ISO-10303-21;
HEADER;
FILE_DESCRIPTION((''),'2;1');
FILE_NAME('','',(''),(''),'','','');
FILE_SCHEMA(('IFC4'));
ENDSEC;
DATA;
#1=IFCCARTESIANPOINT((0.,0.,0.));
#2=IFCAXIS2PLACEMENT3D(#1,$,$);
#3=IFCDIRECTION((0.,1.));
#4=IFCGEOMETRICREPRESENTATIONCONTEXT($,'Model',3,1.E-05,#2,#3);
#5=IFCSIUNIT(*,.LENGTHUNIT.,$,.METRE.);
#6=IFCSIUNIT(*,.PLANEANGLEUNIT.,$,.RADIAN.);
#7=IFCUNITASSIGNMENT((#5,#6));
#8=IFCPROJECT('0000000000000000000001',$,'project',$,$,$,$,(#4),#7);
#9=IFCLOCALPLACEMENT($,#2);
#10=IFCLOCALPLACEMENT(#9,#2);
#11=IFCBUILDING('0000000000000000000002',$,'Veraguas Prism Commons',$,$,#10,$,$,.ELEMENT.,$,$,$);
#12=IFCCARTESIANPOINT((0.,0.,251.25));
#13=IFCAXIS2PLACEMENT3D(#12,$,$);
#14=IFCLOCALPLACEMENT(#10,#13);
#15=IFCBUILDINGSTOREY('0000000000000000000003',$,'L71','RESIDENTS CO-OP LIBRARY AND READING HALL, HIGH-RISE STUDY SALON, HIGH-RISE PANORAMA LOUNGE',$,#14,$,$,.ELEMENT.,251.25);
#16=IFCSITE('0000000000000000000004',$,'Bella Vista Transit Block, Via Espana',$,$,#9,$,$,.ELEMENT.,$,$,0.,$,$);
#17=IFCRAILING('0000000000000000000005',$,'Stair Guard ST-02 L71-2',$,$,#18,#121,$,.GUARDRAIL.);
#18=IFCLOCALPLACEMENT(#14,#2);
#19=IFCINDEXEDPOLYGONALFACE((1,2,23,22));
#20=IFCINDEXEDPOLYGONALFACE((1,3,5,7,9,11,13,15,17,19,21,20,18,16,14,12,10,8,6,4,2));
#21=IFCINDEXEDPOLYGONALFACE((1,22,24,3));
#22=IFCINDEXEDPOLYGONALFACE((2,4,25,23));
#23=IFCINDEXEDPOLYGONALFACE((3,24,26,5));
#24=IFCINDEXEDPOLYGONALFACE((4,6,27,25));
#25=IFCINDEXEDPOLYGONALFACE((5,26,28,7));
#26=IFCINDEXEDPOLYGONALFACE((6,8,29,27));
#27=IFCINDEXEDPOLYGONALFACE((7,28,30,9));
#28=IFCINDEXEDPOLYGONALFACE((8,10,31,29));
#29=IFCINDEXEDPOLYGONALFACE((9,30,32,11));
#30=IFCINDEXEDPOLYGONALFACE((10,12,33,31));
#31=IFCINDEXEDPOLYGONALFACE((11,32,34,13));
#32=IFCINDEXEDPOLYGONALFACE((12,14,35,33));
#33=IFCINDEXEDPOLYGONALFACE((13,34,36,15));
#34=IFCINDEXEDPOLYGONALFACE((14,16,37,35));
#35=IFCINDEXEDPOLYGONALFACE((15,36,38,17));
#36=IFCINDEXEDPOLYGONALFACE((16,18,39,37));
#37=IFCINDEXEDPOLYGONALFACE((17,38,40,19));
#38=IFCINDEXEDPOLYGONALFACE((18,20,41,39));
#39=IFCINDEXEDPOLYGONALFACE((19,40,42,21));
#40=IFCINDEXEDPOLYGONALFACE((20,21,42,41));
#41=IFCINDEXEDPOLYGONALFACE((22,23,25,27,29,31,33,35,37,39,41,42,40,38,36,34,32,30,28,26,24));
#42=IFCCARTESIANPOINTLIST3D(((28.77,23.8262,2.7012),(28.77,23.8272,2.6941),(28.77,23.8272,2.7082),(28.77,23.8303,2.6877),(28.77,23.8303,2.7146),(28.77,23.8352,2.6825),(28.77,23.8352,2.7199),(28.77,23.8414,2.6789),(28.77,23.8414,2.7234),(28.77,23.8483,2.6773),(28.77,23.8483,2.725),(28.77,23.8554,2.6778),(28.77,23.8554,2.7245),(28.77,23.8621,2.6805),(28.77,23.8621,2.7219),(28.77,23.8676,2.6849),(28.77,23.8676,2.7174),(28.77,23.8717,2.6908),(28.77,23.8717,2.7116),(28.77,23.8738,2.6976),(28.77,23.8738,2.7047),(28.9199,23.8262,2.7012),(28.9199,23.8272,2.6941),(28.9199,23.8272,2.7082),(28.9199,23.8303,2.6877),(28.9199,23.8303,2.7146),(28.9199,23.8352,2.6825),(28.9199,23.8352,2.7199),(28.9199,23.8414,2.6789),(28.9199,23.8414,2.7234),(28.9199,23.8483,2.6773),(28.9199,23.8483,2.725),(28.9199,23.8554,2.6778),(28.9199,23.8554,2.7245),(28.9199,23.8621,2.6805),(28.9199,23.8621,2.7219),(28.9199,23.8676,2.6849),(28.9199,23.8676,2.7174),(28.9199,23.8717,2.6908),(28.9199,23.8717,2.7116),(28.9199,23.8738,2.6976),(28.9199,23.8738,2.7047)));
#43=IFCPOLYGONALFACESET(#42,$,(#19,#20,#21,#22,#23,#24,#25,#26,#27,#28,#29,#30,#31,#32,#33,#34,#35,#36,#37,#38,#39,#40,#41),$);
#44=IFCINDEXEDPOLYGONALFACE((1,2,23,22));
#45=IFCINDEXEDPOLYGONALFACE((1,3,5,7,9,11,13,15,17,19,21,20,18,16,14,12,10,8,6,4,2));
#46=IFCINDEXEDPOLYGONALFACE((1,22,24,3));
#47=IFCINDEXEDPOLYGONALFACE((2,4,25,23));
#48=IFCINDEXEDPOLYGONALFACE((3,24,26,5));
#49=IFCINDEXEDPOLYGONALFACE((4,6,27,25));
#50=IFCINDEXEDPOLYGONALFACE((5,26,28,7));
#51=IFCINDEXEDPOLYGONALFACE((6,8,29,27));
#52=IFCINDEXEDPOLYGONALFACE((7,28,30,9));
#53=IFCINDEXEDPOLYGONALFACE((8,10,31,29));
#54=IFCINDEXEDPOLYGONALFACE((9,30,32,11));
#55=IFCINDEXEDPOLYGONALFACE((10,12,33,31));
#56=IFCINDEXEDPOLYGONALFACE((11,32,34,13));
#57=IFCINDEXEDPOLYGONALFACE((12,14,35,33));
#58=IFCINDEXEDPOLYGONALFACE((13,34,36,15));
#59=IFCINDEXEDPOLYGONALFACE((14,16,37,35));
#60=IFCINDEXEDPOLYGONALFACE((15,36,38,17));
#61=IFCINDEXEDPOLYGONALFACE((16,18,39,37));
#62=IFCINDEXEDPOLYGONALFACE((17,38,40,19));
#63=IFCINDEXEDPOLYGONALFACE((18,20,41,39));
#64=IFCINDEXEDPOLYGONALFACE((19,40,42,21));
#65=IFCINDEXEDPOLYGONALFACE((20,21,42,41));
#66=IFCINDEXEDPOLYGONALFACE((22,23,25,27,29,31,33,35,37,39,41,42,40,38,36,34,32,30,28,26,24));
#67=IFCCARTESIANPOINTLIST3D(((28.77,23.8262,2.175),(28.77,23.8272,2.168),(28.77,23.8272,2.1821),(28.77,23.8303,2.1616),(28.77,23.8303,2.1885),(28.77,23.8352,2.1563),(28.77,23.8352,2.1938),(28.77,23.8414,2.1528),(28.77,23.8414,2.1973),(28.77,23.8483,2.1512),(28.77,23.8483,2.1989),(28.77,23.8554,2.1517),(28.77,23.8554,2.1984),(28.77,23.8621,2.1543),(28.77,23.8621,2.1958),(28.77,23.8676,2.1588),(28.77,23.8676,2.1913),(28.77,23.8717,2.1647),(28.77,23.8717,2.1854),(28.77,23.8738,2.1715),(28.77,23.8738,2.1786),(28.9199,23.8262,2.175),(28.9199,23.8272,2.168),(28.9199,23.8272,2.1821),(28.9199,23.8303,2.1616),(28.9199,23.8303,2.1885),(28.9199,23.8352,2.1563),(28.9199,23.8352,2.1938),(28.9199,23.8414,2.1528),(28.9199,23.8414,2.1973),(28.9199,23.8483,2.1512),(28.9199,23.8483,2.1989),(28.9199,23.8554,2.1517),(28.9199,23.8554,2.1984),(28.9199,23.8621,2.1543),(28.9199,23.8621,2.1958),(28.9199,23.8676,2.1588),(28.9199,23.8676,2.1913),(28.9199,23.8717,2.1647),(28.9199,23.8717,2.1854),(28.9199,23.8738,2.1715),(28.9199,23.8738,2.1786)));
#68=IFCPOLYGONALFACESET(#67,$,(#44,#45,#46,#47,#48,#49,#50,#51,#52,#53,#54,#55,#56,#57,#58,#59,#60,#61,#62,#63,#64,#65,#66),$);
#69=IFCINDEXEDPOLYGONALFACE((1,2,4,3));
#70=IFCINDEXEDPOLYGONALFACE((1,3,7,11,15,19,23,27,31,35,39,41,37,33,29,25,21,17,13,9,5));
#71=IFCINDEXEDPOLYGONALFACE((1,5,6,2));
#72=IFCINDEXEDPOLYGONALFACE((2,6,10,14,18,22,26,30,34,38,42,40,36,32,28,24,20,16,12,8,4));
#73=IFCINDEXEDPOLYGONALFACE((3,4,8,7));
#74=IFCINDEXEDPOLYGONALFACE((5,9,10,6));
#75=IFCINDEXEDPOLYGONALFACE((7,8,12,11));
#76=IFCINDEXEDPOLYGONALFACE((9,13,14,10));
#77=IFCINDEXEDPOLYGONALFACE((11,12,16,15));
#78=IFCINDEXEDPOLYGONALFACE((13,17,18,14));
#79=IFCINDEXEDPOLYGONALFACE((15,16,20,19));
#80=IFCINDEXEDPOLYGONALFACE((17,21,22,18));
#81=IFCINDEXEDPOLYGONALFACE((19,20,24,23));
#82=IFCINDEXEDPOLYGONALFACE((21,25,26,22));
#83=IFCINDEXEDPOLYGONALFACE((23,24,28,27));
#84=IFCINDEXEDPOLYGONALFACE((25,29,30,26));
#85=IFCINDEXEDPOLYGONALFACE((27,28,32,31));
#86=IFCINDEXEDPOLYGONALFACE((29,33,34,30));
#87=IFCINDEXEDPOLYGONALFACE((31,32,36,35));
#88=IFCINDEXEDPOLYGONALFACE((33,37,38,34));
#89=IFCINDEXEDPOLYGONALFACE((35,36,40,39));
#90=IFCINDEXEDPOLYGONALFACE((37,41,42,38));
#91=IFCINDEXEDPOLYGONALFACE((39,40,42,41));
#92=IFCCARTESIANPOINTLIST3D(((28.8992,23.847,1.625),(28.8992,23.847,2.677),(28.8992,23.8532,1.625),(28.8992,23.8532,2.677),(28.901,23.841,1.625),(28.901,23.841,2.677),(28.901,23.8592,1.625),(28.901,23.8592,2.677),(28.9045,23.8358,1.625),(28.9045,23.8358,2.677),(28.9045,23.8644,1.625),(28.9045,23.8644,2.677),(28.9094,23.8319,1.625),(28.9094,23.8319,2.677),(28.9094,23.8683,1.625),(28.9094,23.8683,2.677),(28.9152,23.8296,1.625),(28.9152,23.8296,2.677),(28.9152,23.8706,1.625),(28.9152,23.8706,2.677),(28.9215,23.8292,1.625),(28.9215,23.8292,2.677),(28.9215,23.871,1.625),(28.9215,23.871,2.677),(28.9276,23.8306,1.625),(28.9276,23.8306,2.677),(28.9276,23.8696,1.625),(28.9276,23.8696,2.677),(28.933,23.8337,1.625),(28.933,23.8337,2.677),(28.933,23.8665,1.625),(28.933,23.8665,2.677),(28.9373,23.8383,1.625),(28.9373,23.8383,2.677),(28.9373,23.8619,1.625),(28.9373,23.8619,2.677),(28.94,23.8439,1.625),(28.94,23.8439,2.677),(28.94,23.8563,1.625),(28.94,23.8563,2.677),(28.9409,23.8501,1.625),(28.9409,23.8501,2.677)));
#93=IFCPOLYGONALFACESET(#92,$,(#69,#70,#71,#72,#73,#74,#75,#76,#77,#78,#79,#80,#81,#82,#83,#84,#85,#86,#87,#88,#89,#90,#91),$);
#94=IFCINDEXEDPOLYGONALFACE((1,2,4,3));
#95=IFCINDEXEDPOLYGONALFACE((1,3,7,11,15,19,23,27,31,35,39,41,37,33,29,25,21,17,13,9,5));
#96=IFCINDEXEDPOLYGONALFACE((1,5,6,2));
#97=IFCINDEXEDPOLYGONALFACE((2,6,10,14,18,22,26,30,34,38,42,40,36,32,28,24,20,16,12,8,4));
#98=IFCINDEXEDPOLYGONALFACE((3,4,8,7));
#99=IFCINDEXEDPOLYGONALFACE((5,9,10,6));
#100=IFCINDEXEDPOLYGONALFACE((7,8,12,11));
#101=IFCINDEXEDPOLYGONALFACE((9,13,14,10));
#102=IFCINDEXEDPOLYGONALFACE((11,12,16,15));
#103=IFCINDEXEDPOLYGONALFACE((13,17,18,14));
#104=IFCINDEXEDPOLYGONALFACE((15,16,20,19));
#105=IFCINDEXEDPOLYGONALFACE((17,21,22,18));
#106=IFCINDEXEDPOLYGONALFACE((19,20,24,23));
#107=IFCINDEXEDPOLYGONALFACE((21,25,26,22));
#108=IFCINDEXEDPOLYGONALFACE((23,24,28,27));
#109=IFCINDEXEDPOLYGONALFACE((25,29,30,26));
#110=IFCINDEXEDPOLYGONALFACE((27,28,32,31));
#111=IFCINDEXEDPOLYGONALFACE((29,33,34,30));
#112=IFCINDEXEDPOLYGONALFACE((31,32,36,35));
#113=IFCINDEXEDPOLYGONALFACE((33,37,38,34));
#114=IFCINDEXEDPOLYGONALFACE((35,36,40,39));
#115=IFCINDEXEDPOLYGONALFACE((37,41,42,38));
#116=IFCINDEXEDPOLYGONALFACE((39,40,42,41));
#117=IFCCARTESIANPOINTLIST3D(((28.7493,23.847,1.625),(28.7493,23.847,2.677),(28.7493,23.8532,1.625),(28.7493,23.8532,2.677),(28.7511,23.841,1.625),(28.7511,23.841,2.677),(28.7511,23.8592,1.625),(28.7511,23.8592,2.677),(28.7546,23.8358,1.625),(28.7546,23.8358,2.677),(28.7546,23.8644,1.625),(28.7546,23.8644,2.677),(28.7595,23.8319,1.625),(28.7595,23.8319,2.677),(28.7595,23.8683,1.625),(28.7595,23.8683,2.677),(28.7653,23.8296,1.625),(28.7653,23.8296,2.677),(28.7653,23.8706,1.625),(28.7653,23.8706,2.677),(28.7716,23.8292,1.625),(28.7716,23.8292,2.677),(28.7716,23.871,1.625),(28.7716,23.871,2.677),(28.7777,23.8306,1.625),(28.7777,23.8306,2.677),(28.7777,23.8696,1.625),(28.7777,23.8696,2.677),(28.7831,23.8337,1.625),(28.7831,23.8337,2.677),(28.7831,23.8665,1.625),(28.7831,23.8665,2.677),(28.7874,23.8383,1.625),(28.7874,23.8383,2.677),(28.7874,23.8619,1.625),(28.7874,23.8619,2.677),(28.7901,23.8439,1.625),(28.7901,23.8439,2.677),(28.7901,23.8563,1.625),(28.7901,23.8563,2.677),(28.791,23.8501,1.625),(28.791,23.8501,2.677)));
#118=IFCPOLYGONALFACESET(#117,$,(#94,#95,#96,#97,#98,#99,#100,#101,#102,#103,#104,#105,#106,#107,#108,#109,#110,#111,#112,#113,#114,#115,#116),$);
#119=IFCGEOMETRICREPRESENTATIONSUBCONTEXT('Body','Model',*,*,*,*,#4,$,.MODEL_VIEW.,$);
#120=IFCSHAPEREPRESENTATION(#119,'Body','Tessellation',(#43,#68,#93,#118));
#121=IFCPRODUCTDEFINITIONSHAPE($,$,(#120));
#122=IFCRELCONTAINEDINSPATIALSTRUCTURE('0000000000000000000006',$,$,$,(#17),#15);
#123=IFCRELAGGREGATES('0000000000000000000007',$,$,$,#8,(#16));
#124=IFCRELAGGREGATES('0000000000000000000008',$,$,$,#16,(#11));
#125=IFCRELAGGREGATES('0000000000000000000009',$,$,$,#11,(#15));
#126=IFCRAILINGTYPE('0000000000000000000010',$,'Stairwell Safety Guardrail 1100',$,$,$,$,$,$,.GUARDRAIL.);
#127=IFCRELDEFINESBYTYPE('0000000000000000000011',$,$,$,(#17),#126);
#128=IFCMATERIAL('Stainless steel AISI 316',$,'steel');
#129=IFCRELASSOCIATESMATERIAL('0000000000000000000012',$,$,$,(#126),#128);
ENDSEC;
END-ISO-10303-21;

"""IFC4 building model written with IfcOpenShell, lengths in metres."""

from ifc_helpers import new_model, si_unit, direction, frame, origin, origin_2d, place, context, subcontext, project, spatial, circle, extrude, material, type_object, element, save


model = new_model("IFC4")

# Units and contexts
model_context = context("Model", 3, precision=1e-05, world=origin(), true_north=direction((0.0, 1.0)))
body_context = subcontext(model_context, "Body", "Model", "MODEL_VIEW")
ifc_project = project(units=[si_unit("LENGTHUNIT", "METRE"), si_unit("PLANEANGLEUNIT", "RADIAN")], contexts=[model_context])

# Site, building, storey
site_placement = place(None, origin())
site = spatial("IfcSite", under=ifc_project, at=site_placement, Name="Bella Vista Transit Block, Via Espana", CompositionType="ELEMENT", RefElevation=0.0)
building_placement = place(site_placement, origin())
building = spatial("IfcBuilding", under=site, at=building_placement, Name="Veraguas Prism Commons", CompositionType="ELEMENT")
storey_placement = place(building_placement, frame((0.0, 0.0, 251.25)))
storey = spatial("IfcBuildingStorey", under=building, at=storey_placement, Name="L71", Description="RESIDENTS CO-OP LIBRARY AND READING HALL, HIGH-RISE STUDY SALON, HIGH-RISE PANORAMA LOUNGE", CompositionType="ELEMENT", Elevation=251.25)

# Railing
ifc_material_1 = material(Name="Stainless steel AISI 316", Category="steel")
railing_type_1 = type_object("IfcRailingType", Name="Stairwell Safety Guardrail 1100", PredefinedType="GUARDRAIL", material=ifc_material_1)
railing_1_placement = place(storey_placement, frame((28.9199, 23.8501, 1.625)))
element("IfcRailing", 1, at=railing_1_placement, inside=storey, type_object=railing_type_1, Name="Stair Guard ST-02 L71-2", PredefinedType="GUARDRAIL", context=body_context, shape_type="SweptSolid", body=[
    extrude(circle(Radius=0.0239, at=origin_2d()), frame((0.0, 0.0, 1.0762), z_axis=(-1.0, 0.0, 0.0), x_axis=(0.0, -1.0, 0.0)), (0.0, 0.0, 1.0), 0.1499),
    extrude(circle(Radius=0.0239, at=origin_2d()), frame((0.0, 0.0, 0.55), z_axis=(-1.0, 0.0, 0.0), x_axis=(0.0, -1.0, 0.0)), (0.0, 0.0, 1.0), 0.1499),
    extrude(circle(Radius=0.021, at=origin_2d()), origin(), (0.0, 0.0, 1.0), 1.052),
    extrude(circle(Radius=0.021, at=origin_2d()), frame((-0.1499, 0.0, 0.0)), (0.0, 0.0, 1.0), 1.052),
])

save(model, "model.ifc")
